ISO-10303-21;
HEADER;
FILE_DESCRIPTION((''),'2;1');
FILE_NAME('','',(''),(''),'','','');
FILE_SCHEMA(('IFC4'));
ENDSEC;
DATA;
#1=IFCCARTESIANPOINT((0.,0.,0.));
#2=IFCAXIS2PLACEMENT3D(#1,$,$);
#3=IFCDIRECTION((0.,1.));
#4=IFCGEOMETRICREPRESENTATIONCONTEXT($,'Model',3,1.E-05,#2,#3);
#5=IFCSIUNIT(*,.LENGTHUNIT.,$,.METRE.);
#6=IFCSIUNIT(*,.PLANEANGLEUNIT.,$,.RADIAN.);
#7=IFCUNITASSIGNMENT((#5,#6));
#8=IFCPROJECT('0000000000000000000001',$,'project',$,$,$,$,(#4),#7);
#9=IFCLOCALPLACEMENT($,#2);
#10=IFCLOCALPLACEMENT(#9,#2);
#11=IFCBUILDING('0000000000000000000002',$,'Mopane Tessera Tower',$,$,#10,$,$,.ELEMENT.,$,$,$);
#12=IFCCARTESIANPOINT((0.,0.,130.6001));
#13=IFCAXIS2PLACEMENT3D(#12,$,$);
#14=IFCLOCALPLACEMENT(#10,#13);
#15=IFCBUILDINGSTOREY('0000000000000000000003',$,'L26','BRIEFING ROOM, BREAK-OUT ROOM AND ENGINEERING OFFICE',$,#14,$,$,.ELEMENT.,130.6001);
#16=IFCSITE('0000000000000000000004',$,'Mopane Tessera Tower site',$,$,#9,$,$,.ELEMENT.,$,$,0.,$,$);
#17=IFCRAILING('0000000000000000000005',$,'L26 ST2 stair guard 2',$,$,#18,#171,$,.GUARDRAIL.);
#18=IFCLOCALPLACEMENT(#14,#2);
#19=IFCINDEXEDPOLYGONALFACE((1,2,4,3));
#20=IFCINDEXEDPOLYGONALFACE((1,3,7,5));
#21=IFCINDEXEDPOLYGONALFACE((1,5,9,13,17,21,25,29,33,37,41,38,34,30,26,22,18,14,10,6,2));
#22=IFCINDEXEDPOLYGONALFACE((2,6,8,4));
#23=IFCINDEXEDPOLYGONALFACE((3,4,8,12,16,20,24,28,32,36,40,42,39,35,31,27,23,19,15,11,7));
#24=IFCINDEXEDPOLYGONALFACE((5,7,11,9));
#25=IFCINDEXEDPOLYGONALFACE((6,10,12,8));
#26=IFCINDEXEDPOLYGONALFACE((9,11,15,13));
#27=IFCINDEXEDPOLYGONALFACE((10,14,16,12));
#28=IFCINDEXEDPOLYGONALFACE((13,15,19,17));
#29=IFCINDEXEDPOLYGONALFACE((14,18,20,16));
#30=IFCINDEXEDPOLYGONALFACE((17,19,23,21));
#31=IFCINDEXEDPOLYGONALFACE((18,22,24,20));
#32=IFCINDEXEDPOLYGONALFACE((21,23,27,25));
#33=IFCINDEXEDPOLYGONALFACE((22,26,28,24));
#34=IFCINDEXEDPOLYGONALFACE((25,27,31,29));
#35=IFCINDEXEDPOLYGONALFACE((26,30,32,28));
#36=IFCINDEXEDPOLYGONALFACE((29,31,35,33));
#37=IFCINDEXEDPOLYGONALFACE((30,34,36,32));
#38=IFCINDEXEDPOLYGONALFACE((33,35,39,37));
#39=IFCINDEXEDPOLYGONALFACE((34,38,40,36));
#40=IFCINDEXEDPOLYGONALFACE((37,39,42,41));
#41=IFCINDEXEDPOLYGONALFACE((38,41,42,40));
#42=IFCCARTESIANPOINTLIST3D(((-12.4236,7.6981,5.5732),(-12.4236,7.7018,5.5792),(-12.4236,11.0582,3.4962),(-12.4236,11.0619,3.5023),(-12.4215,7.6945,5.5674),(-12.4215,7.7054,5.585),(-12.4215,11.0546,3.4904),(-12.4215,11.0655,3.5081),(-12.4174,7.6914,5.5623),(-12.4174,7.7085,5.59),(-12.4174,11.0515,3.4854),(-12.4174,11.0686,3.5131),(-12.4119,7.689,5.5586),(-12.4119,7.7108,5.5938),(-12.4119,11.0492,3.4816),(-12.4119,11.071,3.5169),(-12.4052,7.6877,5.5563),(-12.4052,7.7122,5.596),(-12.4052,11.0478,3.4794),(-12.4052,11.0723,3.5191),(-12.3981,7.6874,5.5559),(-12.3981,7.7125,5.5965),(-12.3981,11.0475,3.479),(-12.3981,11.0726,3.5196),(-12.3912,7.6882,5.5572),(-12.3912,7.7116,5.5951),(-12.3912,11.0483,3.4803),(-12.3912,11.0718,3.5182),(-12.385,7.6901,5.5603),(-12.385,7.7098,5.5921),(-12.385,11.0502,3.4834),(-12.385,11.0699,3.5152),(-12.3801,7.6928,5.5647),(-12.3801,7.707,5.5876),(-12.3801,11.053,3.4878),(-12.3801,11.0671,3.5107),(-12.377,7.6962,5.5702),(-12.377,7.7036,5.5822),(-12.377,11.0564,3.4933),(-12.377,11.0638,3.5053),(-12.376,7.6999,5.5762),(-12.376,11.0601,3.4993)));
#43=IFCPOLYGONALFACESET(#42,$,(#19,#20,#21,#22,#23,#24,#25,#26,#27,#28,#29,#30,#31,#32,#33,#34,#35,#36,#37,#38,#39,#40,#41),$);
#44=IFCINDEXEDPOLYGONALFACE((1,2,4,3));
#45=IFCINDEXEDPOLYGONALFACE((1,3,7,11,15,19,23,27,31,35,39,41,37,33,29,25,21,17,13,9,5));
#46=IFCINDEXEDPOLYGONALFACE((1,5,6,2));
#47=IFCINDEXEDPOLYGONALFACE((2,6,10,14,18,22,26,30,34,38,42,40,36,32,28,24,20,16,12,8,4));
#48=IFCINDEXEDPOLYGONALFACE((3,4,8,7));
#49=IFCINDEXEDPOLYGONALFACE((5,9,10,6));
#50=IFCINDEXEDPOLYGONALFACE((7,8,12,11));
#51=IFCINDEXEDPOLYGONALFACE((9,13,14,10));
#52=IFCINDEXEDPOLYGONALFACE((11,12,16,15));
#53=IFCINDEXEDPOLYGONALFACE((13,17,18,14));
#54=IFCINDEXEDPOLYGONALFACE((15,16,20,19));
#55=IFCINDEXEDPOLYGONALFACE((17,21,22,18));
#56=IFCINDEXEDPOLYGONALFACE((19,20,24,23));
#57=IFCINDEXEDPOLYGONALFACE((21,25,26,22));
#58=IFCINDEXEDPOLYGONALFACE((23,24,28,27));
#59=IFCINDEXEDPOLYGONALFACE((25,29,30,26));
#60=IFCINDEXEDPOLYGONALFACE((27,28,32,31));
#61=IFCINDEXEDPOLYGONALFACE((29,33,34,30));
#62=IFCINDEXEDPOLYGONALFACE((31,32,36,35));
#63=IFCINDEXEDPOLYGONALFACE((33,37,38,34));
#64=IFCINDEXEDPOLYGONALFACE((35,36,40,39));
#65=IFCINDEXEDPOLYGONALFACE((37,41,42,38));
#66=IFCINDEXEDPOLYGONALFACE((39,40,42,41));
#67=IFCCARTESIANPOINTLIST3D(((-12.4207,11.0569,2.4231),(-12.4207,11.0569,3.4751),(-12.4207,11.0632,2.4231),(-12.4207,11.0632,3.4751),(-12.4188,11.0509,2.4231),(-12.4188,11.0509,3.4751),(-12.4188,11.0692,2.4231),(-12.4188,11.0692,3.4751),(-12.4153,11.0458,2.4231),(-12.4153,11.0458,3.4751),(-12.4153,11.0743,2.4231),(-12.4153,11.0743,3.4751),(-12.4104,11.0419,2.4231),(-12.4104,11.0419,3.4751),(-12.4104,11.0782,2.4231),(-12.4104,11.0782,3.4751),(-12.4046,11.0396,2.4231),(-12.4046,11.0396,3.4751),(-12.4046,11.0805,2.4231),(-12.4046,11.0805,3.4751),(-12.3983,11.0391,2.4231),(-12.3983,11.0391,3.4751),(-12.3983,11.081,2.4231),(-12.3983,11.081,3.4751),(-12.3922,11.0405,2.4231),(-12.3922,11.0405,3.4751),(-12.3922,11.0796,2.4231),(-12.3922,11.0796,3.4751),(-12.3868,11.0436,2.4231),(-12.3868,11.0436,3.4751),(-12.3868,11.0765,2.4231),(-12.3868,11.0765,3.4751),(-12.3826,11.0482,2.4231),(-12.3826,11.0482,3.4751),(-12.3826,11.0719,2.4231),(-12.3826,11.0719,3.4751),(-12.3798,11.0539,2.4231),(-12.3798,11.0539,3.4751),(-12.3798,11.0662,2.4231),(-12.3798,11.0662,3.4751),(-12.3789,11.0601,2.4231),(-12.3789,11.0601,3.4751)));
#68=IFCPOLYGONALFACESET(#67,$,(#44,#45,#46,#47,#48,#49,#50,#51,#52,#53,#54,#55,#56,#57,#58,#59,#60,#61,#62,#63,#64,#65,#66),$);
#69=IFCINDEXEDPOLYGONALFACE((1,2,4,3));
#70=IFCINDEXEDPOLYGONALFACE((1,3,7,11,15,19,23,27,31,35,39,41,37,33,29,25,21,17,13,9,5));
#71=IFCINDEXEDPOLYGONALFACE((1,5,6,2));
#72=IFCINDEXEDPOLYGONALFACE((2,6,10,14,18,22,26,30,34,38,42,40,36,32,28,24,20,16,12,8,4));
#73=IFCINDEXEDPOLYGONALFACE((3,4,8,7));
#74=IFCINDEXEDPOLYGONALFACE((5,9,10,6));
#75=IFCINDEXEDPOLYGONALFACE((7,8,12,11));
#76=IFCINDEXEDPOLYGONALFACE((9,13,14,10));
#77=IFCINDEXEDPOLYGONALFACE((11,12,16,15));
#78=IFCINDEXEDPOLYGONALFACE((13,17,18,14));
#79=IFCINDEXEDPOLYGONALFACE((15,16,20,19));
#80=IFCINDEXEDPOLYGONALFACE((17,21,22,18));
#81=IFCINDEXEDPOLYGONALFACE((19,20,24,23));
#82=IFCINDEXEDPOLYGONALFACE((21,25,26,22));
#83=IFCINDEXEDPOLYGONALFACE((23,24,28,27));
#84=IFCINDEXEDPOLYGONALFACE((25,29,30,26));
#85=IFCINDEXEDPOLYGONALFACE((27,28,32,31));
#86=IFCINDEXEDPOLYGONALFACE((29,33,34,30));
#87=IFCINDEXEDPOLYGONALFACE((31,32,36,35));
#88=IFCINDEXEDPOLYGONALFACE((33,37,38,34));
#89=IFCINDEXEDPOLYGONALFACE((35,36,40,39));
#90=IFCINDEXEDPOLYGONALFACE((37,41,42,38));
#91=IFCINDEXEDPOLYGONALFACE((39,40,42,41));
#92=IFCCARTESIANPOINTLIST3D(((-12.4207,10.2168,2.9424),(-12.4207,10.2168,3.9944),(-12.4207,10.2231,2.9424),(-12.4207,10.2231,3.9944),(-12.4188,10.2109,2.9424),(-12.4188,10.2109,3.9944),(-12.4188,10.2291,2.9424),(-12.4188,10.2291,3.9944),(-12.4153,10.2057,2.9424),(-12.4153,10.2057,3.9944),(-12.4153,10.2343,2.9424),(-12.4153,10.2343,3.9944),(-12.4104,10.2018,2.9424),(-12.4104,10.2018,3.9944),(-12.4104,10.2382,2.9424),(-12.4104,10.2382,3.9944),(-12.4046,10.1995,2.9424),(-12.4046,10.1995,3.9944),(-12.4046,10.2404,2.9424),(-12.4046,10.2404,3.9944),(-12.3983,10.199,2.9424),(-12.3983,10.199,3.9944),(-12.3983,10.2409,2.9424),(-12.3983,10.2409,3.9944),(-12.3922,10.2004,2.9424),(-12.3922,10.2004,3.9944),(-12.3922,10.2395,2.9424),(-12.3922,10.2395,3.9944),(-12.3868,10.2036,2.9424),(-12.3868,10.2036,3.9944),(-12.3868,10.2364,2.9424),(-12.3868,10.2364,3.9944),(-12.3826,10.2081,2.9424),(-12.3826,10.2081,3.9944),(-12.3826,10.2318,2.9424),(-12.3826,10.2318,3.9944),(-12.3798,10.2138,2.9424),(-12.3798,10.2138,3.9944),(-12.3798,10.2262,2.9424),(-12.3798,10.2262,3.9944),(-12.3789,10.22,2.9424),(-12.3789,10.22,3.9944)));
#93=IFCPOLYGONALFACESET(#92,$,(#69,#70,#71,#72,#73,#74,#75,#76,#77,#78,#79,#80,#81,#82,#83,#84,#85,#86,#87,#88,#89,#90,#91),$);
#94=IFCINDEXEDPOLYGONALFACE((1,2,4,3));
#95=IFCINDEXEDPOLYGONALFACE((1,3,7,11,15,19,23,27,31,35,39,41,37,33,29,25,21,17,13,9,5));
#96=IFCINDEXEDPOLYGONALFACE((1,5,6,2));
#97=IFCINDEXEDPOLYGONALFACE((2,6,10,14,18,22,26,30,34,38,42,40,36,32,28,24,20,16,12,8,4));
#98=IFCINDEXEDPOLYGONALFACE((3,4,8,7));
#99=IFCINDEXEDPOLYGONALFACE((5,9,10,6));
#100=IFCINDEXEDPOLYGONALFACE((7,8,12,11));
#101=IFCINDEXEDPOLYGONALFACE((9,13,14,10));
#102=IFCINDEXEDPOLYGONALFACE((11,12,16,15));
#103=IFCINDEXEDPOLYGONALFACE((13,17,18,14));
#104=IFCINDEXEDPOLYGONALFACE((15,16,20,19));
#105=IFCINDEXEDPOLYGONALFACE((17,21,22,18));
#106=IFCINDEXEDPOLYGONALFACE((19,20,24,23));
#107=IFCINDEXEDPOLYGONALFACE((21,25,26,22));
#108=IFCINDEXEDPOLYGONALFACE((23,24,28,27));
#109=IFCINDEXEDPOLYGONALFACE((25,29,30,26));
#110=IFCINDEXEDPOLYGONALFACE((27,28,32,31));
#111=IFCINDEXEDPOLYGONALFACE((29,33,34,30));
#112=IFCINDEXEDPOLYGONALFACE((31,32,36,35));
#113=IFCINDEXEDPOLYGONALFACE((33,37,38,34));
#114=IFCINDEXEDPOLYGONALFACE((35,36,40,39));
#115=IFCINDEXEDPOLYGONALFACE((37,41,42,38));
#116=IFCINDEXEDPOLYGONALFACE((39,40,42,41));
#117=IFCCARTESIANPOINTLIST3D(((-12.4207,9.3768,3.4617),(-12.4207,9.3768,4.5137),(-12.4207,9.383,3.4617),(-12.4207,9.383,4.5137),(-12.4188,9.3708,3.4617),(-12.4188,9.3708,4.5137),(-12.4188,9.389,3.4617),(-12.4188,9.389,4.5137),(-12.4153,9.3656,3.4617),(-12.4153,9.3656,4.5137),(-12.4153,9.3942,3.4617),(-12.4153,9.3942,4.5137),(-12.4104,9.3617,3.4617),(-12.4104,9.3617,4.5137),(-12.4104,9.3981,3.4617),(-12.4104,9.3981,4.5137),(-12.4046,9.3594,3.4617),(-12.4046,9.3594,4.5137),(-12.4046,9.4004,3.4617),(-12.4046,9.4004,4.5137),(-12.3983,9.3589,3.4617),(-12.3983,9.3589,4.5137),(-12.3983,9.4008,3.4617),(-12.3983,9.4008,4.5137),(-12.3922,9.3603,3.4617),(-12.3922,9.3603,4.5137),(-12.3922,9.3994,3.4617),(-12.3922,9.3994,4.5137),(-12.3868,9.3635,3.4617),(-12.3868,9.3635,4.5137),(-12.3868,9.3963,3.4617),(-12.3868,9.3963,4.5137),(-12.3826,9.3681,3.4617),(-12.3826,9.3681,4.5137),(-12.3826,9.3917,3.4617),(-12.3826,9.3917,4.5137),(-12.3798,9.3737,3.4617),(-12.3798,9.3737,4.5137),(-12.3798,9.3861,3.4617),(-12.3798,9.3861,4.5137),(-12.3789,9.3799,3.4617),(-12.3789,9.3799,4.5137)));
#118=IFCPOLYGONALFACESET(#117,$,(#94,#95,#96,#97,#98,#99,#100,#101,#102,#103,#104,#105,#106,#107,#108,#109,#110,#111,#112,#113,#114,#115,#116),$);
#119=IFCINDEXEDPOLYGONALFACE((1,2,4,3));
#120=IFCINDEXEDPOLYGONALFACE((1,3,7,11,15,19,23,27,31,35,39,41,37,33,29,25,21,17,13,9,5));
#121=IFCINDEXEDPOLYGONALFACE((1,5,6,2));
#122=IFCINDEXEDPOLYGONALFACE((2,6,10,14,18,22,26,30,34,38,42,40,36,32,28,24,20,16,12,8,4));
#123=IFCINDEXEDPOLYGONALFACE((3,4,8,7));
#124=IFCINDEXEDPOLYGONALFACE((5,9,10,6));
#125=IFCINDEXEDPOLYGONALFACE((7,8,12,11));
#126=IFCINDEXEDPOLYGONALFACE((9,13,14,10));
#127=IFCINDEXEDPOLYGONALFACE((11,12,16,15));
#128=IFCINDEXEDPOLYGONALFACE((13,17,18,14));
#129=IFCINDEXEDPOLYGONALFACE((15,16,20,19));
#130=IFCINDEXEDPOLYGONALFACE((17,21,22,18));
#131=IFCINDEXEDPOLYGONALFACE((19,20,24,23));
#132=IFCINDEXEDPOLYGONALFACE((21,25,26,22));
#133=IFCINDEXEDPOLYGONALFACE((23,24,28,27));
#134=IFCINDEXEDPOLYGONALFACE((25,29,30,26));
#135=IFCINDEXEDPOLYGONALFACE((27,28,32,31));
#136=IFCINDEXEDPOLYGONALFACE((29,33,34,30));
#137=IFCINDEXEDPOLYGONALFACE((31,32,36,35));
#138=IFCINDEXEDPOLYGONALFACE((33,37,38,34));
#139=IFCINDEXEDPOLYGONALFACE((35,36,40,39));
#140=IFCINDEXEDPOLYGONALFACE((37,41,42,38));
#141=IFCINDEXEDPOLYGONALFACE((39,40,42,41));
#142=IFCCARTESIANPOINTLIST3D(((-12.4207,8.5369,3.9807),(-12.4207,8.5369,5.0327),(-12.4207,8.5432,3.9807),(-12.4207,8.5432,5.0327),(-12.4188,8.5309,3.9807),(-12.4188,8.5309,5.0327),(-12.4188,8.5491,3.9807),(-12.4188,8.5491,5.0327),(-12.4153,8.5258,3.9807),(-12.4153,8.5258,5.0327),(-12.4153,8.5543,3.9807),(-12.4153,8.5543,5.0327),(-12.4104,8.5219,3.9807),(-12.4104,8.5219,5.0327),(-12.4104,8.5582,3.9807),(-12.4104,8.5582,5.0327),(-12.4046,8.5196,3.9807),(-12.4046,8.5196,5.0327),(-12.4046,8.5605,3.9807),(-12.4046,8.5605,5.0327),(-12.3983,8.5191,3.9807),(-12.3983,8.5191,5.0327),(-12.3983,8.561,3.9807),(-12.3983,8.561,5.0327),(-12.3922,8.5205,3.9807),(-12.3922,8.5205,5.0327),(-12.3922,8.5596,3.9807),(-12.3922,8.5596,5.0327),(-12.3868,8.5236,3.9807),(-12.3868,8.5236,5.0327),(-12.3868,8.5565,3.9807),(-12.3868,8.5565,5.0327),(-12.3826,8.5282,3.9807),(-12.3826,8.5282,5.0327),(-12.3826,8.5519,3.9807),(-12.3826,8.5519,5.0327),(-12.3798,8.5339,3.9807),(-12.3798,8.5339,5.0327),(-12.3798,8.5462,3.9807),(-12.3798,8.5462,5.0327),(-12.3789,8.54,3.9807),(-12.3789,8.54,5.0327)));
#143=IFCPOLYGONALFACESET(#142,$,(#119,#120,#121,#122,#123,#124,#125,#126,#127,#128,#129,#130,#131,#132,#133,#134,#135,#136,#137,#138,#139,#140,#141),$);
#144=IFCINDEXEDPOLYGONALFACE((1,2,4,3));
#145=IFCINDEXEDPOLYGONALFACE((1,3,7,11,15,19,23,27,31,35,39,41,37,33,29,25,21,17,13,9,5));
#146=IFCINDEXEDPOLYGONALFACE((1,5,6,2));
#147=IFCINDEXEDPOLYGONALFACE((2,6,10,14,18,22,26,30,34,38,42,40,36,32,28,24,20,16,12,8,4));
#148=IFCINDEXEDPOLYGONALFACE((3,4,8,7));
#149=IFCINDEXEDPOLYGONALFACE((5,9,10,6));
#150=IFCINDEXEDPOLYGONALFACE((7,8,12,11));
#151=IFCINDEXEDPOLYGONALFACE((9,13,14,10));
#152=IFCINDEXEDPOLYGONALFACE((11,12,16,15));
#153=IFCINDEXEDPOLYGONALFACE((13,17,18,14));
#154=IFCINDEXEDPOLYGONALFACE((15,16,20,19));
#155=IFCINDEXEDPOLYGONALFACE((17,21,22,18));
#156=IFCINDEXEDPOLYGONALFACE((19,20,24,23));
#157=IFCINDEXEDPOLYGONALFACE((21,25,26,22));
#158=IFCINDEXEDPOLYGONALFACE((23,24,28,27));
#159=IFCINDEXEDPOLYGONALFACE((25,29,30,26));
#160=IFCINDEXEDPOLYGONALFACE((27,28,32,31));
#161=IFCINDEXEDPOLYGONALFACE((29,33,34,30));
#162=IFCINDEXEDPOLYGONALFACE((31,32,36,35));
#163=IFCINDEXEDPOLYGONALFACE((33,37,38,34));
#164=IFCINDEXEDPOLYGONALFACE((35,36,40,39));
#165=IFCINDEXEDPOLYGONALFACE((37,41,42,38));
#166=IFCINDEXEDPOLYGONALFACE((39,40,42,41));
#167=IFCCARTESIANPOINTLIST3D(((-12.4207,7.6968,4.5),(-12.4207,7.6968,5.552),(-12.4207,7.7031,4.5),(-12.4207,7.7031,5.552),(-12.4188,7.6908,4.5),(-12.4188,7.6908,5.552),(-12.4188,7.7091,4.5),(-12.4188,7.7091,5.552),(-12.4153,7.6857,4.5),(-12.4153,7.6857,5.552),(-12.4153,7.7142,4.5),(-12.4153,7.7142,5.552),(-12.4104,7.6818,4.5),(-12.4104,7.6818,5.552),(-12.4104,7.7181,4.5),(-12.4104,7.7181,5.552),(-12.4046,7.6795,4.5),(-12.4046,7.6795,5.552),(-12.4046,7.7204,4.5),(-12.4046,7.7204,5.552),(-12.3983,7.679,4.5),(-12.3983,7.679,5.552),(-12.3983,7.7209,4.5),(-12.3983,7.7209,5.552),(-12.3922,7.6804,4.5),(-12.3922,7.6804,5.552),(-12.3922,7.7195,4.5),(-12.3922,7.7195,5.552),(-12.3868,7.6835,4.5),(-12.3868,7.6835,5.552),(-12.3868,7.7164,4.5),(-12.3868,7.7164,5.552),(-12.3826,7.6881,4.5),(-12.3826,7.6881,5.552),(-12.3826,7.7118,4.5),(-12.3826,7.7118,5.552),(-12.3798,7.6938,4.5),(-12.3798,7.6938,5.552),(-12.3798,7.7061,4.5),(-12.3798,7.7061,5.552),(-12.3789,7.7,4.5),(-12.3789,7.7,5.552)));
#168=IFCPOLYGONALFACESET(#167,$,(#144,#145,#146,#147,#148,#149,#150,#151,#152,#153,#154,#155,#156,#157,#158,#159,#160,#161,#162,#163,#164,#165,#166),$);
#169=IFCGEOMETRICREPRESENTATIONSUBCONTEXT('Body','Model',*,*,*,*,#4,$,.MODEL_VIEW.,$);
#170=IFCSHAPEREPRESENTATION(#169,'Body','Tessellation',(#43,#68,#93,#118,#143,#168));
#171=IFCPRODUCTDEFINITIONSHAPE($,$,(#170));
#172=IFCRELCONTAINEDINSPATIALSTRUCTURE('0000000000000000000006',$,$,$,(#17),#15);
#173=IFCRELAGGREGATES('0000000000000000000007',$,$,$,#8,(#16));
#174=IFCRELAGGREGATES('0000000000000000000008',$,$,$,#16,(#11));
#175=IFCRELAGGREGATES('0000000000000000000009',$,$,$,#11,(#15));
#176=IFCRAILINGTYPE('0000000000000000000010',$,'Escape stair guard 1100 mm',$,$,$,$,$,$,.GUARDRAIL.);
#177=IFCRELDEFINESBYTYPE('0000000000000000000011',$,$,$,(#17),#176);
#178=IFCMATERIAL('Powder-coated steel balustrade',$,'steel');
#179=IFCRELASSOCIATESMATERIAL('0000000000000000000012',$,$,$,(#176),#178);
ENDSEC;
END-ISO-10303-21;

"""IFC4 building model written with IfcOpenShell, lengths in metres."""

from ifc_helpers import new_model, si_unit, direction, frame, origin, origin_2d, place, context, subcontext, project, spatial, circle, extrude, material, type_object, element, save


model = new_model("IFC4")

# Units and contexts
model_context = context("Model", 3, precision=1e-05, world=origin(), true_north=direction((0.0, 1.0)))
body_context = subcontext(model_context, "Body", "Model", "MODEL_VIEW")
ifc_project = project(units=[si_unit("LENGTHUNIT", "METRE"), si_unit("PLANEANGLEUNIT", "RADIAN")], contexts=[model_context])

# Site, building, storey
site_placement = place(None, origin())
site = spatial("IfcSite", under=ifc_project, at=site_placement, Name="Mopane Tessera Tower site", CompositionType="ELEMENT", RefElevation=0.0)
building_placement = place(site_placement, origin())
building = spatial("IfcBuilding", under=site, at=building_placement, Name="Mopane Tessera Tower", CompositionType="ELEMENT")
storey_placement = place(building_placement, frame((0.0, 0.0, 130.6001)))
storey = spatial("IfcBuildingStorey", under=building, at=storey_placement, Name="L26", Description="BRIEFING ROOM, BREAK-OUT ROOM AND ENGINEERING OFFICE", CompositionType="ELEMENT", Elevation=130.6001)

# Railing
ifc_material_1 = material(Name="Powder-coated steel balustrade", Category="steel")
railing_type_1 = type_object("IfcRailingType", Name="Escape stair guard 1100 mm", PredefinedType="GUARDRAIL", material=ifc_material_1)
railing_1_placement = place(storey_placement, frame((-12.3999, 11.0601, 2.4231)))
element("IfcRailing", 1, at=railing_1_placement, inside=storey, type_object=railing_type_1, Name="L26 ST2 stair guard 2", PredefinedType="GUARDRAIL", context=body_context, shape_type="SweptSolid", body=[
    extrude(circle(Radius=0.0239, at=origin_2d()), frame((0.0, 0.0, 1.0762), z_axis=(0.0, -0.850623, 0.525776), x_axis=(1.0, 0.0, 0.0)), (0.0, 0.0, 1.0), 3.9502),
    extrude(circle(Radius=0.021, at=origin_2d()), origin(), (0.0, 0.0, 1.0), 1.052),
    extrude(circle(Radius=0.021, at=origin_2d()), frame((0.0, -0.8401, 0.5193)), (0.0, 0.0, 1.0), 1.052),
    extrude(circle(Radius=0.021, at=origin_2d()), frame((0.0, -1.6802, 1.0386)), (0.0, 0.0, 1.0), 1.052),
    extrude(circle(Radius=0.021, at=origin_2d()), frame((0.0, -2.52, 1.5576)), (0.0, 0.0, 1.0), 1.052),
    extrude(circle(Radius=0.021, at=origin_2d()), frame((0.0, -3.3601, 2.0769)), (0.0, 0.0, 1.0), 1.052),
])

save(model, "model.ifc")
